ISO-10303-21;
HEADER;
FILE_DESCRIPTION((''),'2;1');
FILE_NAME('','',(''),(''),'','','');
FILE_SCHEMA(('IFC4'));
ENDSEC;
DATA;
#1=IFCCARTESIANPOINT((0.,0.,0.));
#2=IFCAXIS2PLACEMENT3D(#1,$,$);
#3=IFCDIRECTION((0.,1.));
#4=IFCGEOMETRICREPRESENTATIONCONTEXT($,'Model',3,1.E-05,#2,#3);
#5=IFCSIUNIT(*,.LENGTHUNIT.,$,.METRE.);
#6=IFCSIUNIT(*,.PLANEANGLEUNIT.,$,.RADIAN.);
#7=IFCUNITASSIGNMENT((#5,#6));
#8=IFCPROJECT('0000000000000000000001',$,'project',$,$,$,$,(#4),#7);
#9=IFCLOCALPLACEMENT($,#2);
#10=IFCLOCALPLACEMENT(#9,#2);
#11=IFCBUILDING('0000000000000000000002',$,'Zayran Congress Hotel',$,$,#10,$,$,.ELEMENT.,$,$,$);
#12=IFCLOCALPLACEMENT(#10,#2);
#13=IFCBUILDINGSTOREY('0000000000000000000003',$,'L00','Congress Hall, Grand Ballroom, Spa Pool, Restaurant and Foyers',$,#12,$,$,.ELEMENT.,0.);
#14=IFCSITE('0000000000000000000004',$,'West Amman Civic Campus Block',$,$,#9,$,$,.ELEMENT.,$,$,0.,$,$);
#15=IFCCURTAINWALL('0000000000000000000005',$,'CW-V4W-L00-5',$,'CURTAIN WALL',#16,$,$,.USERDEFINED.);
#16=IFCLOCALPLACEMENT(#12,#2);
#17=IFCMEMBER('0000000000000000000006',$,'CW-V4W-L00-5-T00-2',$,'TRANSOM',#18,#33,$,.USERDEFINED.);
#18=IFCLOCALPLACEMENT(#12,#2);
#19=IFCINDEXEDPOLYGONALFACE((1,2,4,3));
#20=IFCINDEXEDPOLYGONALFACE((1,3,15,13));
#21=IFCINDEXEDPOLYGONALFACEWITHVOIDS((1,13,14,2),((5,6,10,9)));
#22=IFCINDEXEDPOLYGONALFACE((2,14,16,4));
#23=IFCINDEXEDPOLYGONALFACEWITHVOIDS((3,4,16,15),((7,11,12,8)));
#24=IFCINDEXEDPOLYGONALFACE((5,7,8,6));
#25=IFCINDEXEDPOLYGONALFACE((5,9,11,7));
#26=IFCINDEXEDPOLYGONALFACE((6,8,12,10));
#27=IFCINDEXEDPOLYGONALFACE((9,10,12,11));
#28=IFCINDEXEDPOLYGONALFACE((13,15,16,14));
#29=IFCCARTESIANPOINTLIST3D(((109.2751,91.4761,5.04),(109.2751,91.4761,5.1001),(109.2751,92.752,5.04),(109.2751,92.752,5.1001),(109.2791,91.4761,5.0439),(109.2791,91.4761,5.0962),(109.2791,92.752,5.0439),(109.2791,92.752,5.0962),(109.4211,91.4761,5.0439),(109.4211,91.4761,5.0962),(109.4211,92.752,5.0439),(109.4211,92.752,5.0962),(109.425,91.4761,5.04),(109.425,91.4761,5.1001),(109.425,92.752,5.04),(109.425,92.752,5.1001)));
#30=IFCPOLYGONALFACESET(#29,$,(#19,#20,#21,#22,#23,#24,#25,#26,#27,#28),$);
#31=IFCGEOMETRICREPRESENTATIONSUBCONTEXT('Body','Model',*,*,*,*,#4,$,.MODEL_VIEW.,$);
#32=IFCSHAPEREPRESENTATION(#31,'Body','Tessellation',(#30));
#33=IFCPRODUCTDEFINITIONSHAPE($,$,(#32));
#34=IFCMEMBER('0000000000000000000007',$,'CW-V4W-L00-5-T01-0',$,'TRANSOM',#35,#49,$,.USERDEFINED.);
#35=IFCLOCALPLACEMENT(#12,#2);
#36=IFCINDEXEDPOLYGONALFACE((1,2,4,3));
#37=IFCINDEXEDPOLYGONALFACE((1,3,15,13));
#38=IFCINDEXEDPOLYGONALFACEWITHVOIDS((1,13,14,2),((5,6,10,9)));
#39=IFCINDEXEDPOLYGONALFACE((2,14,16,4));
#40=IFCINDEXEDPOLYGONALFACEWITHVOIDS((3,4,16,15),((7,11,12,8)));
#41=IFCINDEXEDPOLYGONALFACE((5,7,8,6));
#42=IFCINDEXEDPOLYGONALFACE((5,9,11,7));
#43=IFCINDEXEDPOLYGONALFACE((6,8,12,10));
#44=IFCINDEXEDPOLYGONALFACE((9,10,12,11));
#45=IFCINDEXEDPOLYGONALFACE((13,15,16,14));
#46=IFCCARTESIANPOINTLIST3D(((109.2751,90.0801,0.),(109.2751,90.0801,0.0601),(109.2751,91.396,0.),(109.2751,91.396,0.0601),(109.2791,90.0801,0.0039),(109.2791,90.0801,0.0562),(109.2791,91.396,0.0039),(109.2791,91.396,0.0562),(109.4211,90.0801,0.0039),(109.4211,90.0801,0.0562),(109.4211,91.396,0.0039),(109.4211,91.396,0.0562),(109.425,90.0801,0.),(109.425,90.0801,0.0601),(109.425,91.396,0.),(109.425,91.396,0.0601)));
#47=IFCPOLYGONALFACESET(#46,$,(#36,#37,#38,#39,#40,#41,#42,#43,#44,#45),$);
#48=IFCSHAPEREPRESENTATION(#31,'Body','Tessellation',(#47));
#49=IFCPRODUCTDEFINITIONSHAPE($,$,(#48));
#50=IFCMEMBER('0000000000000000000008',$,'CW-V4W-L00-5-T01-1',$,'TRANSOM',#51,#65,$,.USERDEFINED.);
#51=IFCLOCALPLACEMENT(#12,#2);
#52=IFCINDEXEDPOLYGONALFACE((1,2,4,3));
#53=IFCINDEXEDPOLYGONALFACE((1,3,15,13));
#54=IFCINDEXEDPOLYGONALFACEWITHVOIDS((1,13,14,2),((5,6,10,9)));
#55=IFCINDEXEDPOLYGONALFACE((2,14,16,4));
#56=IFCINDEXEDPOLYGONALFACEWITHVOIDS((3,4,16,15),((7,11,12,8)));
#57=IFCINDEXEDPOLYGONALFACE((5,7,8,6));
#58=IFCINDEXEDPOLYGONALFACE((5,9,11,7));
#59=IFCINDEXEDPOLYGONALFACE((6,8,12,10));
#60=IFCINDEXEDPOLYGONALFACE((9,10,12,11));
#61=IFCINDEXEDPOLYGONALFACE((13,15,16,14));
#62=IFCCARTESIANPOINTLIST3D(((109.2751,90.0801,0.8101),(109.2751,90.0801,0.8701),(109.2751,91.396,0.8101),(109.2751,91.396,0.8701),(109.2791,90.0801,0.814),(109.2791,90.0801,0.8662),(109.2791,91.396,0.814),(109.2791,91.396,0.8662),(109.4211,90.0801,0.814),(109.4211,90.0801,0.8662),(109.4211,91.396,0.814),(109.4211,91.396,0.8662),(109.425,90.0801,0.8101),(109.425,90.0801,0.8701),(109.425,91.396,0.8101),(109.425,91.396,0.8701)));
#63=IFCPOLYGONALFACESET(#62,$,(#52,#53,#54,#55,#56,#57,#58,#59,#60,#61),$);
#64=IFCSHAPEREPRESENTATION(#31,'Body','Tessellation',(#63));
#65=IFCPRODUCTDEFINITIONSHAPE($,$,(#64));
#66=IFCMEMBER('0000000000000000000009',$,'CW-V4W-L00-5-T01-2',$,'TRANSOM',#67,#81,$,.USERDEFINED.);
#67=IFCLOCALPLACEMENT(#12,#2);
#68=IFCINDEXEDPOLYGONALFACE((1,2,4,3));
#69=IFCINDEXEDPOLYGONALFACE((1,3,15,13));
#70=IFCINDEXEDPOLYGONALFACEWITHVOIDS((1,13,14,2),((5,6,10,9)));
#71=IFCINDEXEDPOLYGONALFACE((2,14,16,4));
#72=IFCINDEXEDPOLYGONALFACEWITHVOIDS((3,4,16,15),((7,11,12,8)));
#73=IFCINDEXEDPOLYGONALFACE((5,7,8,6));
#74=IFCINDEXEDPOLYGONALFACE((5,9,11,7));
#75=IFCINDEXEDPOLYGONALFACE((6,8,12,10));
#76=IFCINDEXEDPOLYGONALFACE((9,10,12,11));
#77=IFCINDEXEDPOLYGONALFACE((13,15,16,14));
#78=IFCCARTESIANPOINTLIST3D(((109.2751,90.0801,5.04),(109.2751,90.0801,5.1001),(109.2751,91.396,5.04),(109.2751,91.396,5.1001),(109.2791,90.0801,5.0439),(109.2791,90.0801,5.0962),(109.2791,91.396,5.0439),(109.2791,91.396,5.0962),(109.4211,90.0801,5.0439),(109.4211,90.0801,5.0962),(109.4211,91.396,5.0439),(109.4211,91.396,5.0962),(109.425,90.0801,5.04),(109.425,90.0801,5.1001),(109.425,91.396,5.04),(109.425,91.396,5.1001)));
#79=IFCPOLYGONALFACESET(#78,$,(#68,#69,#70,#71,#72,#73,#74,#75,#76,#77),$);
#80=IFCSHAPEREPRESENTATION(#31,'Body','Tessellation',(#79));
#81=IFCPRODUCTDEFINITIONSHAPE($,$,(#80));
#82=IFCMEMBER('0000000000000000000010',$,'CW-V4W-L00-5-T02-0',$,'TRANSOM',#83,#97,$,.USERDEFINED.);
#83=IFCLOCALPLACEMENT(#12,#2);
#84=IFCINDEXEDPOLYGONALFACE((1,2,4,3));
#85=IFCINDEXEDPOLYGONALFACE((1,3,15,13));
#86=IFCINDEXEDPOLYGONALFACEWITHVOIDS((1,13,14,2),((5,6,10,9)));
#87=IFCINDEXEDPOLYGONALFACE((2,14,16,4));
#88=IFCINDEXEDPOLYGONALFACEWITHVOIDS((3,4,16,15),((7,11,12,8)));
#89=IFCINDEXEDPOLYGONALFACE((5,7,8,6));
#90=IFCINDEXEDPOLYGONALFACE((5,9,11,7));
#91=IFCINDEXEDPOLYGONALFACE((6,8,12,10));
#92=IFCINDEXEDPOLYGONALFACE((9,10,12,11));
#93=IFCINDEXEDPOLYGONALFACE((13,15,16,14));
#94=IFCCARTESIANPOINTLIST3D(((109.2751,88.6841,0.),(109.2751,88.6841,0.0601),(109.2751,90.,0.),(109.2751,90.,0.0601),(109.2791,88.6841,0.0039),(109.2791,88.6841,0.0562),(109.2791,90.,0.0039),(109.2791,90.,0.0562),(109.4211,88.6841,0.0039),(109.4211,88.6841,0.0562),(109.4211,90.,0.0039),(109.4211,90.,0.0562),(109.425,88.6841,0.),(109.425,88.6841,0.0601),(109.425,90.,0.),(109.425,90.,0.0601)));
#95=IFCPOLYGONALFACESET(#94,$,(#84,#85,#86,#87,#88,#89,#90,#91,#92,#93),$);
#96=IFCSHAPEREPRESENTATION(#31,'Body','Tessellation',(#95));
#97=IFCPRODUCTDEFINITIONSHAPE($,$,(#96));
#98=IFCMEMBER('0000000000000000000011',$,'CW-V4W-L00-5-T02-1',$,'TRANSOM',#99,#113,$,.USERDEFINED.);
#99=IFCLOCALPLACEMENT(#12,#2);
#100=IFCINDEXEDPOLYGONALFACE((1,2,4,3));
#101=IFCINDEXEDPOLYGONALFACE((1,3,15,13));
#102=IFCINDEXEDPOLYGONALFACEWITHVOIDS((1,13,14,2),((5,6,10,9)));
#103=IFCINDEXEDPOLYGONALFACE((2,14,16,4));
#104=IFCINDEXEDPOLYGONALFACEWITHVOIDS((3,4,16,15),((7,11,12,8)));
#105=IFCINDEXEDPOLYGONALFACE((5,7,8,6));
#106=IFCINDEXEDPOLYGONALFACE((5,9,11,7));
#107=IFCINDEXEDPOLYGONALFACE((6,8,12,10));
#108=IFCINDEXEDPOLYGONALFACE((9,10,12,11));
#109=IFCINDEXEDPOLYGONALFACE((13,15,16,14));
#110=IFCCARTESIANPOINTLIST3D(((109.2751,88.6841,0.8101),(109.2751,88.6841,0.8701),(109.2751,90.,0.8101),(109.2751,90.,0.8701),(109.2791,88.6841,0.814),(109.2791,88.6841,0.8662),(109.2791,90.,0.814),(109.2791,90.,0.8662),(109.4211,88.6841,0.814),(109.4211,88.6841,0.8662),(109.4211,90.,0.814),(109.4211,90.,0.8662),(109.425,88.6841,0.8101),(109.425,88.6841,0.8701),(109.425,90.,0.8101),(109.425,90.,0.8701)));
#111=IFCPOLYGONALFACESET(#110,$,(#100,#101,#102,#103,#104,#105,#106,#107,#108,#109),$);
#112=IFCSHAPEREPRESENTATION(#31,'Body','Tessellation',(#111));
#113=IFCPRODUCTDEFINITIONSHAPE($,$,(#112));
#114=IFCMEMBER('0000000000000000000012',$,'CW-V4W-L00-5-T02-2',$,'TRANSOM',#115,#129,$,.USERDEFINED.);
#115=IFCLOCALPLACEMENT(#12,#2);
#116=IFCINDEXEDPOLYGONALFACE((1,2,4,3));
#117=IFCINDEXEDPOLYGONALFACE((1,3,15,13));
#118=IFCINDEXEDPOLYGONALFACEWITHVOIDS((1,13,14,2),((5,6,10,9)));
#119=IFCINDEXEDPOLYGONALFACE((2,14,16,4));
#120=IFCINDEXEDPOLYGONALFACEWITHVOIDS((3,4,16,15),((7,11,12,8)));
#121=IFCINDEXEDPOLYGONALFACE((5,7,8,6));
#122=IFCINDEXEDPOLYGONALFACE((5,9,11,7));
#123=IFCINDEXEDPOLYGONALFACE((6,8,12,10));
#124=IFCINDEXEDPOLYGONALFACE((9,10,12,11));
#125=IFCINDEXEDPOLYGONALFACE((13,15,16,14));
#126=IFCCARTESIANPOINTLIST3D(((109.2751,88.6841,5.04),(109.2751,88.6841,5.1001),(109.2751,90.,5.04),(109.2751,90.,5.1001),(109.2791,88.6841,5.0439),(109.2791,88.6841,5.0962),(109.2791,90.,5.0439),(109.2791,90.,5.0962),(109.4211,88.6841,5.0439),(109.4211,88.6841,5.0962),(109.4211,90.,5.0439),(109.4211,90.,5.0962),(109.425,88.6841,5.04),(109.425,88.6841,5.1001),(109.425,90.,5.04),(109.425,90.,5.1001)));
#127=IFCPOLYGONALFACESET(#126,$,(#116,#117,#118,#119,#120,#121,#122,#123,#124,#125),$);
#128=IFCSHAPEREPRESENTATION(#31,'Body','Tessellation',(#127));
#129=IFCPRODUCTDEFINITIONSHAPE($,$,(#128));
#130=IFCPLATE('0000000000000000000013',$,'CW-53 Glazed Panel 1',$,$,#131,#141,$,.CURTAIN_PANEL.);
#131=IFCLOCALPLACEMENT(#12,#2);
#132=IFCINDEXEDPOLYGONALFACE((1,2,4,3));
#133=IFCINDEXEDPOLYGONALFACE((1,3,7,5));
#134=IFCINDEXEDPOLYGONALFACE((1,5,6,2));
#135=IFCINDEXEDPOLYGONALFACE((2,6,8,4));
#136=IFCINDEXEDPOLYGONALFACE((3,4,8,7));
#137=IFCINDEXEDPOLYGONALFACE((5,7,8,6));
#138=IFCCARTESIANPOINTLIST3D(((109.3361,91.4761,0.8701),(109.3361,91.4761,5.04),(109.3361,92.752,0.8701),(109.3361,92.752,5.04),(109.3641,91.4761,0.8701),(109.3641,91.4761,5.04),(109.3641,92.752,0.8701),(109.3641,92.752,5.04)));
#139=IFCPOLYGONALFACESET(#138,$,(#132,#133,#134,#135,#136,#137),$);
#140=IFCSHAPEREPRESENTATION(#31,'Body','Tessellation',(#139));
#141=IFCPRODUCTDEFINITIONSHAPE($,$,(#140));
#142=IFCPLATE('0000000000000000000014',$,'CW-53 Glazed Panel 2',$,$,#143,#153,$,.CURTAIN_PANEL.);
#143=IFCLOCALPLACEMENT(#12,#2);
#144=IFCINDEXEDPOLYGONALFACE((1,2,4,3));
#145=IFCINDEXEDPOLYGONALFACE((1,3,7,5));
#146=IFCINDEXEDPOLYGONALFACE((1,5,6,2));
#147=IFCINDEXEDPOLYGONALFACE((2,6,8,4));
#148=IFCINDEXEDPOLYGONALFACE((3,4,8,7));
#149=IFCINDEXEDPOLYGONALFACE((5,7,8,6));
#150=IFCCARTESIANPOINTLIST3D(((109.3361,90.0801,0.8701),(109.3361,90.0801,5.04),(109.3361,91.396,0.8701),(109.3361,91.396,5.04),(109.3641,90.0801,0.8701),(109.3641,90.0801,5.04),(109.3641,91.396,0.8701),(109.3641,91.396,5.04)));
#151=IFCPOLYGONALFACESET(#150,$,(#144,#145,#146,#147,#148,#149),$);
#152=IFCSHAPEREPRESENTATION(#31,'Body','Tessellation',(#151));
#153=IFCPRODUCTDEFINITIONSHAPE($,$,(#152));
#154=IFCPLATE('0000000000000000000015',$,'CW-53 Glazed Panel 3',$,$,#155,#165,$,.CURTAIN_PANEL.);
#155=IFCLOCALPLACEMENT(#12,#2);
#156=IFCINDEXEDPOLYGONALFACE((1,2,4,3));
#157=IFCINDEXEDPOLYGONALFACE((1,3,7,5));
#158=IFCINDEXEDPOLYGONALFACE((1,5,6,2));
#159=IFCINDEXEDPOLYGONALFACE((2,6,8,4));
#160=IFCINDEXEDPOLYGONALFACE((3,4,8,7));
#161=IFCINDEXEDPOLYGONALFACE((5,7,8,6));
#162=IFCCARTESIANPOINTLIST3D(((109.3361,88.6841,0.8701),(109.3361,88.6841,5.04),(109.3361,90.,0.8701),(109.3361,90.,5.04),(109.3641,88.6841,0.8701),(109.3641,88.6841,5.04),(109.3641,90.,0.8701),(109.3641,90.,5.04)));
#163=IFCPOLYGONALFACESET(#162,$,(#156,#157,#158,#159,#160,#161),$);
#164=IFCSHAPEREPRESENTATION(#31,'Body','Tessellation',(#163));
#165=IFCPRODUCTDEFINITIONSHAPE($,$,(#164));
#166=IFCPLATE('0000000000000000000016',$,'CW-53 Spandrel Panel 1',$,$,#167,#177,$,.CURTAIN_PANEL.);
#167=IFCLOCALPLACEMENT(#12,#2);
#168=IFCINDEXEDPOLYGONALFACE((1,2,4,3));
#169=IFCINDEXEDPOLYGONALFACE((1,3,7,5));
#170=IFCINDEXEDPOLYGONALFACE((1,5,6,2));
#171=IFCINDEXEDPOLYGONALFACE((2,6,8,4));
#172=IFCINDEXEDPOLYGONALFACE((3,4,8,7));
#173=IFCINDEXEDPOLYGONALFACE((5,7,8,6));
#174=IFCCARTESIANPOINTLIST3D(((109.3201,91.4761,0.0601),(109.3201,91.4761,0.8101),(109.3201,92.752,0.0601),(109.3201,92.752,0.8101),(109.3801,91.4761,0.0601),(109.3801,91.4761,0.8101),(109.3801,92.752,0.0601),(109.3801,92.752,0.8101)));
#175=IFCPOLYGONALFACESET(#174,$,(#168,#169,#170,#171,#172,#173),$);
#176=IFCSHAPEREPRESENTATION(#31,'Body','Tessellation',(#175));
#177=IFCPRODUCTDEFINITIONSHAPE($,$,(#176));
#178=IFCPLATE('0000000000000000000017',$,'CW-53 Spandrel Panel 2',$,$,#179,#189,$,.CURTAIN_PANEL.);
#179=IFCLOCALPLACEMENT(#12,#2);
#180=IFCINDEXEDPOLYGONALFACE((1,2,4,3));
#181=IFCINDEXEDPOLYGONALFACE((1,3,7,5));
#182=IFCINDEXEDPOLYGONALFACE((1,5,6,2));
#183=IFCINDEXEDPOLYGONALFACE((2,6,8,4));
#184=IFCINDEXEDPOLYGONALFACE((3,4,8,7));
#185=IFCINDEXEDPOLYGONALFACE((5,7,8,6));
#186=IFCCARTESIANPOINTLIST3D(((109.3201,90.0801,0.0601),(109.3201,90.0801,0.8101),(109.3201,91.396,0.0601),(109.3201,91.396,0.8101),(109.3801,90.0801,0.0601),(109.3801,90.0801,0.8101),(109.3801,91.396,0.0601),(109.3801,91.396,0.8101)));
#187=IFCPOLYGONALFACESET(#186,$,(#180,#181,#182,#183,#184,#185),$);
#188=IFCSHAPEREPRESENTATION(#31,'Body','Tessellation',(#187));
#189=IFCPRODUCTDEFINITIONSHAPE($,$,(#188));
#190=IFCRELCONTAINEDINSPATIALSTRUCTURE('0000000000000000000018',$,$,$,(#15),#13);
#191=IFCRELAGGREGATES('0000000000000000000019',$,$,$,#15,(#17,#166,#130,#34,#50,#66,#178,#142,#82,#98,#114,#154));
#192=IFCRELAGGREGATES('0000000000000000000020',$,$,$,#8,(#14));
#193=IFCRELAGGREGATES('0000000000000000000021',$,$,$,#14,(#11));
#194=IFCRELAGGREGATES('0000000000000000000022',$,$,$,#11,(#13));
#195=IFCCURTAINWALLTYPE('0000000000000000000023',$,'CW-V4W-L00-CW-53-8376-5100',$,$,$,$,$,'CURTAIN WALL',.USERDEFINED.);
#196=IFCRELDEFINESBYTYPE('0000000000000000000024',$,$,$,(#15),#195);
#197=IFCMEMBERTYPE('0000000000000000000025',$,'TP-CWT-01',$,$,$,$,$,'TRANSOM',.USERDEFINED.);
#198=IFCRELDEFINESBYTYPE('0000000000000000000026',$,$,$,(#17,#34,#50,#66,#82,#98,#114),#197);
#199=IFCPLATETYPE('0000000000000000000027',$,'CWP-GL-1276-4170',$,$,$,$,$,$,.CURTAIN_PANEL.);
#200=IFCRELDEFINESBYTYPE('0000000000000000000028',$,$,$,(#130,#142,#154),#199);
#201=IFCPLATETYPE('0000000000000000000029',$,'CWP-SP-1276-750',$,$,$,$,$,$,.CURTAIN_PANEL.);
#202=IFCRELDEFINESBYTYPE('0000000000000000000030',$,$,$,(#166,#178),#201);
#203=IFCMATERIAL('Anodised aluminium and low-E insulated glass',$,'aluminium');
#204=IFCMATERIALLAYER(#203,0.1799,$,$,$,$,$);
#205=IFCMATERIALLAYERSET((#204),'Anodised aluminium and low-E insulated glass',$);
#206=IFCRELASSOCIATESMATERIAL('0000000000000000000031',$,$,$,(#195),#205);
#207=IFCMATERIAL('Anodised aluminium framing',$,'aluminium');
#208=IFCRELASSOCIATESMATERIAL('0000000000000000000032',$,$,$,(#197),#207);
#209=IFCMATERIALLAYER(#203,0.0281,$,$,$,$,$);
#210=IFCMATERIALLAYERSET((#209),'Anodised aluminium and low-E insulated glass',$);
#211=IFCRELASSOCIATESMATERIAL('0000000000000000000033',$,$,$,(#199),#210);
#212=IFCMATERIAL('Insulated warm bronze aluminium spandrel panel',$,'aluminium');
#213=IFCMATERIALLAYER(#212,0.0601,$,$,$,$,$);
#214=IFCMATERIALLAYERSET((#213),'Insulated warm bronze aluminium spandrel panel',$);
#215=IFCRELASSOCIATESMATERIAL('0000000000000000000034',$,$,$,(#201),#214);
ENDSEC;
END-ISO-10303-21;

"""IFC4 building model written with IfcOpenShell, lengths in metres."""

from ifc_helpers import new_model, si_unit, direction, frame, origin, origin_2d, place, context, subcontext, project, spatial, rectangle, hollow_rectangle, extrude, material, layer, layer_set, material_profile, profile_set, type_object, element, aggregate, save


model = new_model("IFC4")

# Units and contexts
model_context = context("Model", 3, precision=1e-05, world=origin(), true_north=direction((0.0, 1.0)))
body_context = subcontext(model_context, "Body", "Model", "MODEL_VIEW")
ifc_project = project(units=[si_unit("LENGTHUNIT", "METRE"), si_unit("PLANEANGLEUNIT", "RADIAN")], contexts=[model_context])

# Site, building, storey
site_placement = place(None, origin())
site = spatial("IfcSite", under=ifc_project, at=site_placement, Name="West Amman Civic Campus Block", CompositionType="ELEMENT", RefElevation=0.0)
building_placement = place(site_placement, origin())
building = spatial("IfcBuilding", under=site, at=building_placement, Name="Zayran Congress Hotel", CompositionType="ELEMENT")
storey_placement = place(building_placement, origin())
storey = spatial("IfcBuildingStorey", under=building, at=storey_placement, Name="L00", Description="Congress Hall, Grand Ballroom, Spa Pool, Restaurant and Foyers", CompositionType="ELEMENT", Elevation=0.0)

# Curtain wall, members, plates
ifc_material_1 = material(Name="Anodised aluminium and low-E insulated glass", Category="aluminium")
ifc_layer_1 = layer(ifc_material_1, 0.1799)
ifc_layer_set_1 = layer_set([ifc_layer_1], Name="Anodised aluminium and low-E insulated glass")
curtain_wall_type = type_object("IfcCurtainWallType", Name="CW-V4W-L00-CW-53-8376-5100", ElementType="CURTAIN WALL", PredefinedType="USERDEFINED", material=ifc_layer_set_1)
curtain_wall_placement = place(storey_placement, origin())
curtain_wall = element("IfcCurtainWall", 1, at=curtain_wall_placement, inside=storey, type_object=curtain_wall_type, Name="CW-V4W-L00-5", ObjectType="CURTAIN WALL", PredefinedType="USERDEFINED")
ifc_material_2 = material(Name="Anodised aluminium framing", Category="aluminium")
ifc_material_profile_1 = material_profile(ifc_material_2, hollow_rectangle(XDim=0.0601, YDim=0.1499, WallThickness=0.0039, at=origin_2d()), Name="RHS 150x60x4")
ifc_profile_set_1 = profile_set([ifc_material_profile_1], Name="Anodised aluminium framing")
member_type_1 = type_object("IfcMemberType", Name="TP-CWT-01", ElementType="TRANSOM", PredefinedType="USERDEFINED", material=ifc_profile_set_1)
member_1_placement = place(storey_placement, frame((109.3501, 92.752, 5.0701), z_axis=(0.0, -1.0, 0.0), x_axis=(0.0, 0.0, 1.0)))
member_1 = element("IfcMember", 2, at=member_1_placement, type_object=member_type_1, Name="CW-V4W-L00-5-T00-2", ObjectType="TRANSOM", PredefinedType="USERDEFINED", context=body_context, shape_type="SweptSolid", body=[
    extrude(hollow_rectangle(XDim=0.0601, YDim=0.1499, WallThickness=0.0039, at=origin_2d()), origin(), (0.0, 0.0, 1.0), 1.2759),
])
member_2_placement = place(storey_placement, frame((109.3501, 91.396, 0.03), z_axis=(0.0, -1.0, 0.0), x_axis=(0.0, 0.0, 1.0)))
member_2 = element("IfcMember", 3, at=member_2_placement, type_object=member_type_1, Name="CW-V4W-L00-5-T01-0", ObjectType="TRANSOM", PredefinedType="USERDEFINED", context=body_context, shape_type="SweptSolid", body=[
    extrude(hollow_rectangle(XDim=0.0601, YDim=0.1499, WallThickness=0.0039, at=origin_2d()), origin(), (0.0, 0.0, 1.0), 1.3159),
])
member_3_placement = place(storey_placement, frame((109.3501, 91.396, 0.8401), z_axis=(0.0, -1.0, 0.0), x_axis=(0.0, 0.0, 1.0)))
member_3 = element("IfcMember", 4, at=member_3_placement, type_object=member_type_1, Name="CW-V4W-L00-5-T01-1", ObjectType="TRANSOM", PredefinedType="USERDEFINED", context=body_context, shape_type="SweptSolid", body=[
    extrude(hollow_rectangle(XDim=0.0601, YDim=0.1499, WallThickness=0.0039, at=origin_2d()), origin(), (0.0, 0.0, 1.0), 1.3159),
])
member_4_placement = place(storey_placement, frame((109.3501, 91.396, 5.0701), z_axis=(0.0, -1.0, 0.0), x_axis=(0.0, 0.0, 1.0)))
member_4 = element("IfcMember", 5, at=member_4_placement, type_object=member_type_1, Name="CW-V4W-L00-5-T01-2", ObjectType="TRANSOM", PredefinedType="USERDEFINED", context=body_context, shape_type="SweptSolid", body=[
    extrude(hollow_rectangle(XDim=0.0601, YDim=0.1499, WallThickness=0.0039, at=origin_2d()), origin(), (0.0, 0.0, 1.0), 1.3159),
])
member_5_placement = place(storey_placement, frame((109.3501, 90.0, 0.03), z_axis=(0.0, -1.0, 0.0), x_axis=(0.0, 0.0, 1.0)))
member_5 = element("IfcMember", 6, at=member_5_placement, type_object=member_type_1, Name="CW-V4W-L00-5-T02-0", ObjectType="TRANSOM", PredefinedType="USERDEFINED", context=body_context, shape_type="SweptSolid", body=[
    extrude(hollow_rectangle(XDim=0.0601, YDim=0.1499, WallThickness=0.0039, at=origin_2d()), origin(), (0.0, 0.0, 1.0), 1.3159),
])
member_6_placement = place(storey_placement, frame((109.3501, 90.0, 0.8401), z_axis=(0.0, -1.0, 0.0), x_axis=(0.0, 0.0, 1.0)))
member_6 = element("IfcMember", 7, at=member_6_placement, type_object=member_type_1, Name="CW-V4W-L00-5-T02-1", ObjectType="TRANSOM", PredefinedType="USERDEFINED", context=body_context, shape_type="SweptSolid", body=[
    extrude(hollow_rectangle(XDim=0.0601, YDim=0.1499, WallThickness=0.0039, at=origin_2d()), origin(), (0.0, 0.0, 1.0), 1.3159),
])
member_7_placement = place(storey_placement, frame((109.3501, 90.0, 5.0701), z_axis=(0.0, -1.0, 0.0), x_axis=(0.0, 0.0, 1.0)))
member_7 = element("IfcMember", 8, at=member_7_placement, type_object=member_type_1, Name="CW-V4W-L00-5-T02-2", ObjectType="TRANSOM", PredefinedType="USERDEFINED", context=body_context, shape_type="SweptSolid", body=[
    extrude(hollow_rectangle(XDim=0.0601, YDim=0.1499, WallThickness=0.0039, at=origin_2d()), origin(), (0.0, 0.0, 1.0), 1.3159),
])
ifc_layer_2 = layer(ifc_material_1, 0.0281)
ifc_layer_set_2 = layer_set([ifc_layer_2], Name="Anodised aluminium and low-E insulated glass")
plate_type_1 = type_object("IfcPlateType", Name="CWP-GL-1276-4170", PredefinedType="CURTAIN_PANEL", material=ifc_layer_set_2)
plate_1_placement = place(storey_placement, frame((109.3501, 92.114, 0.8701), z_axis=(0.0, 0.0, 1.0), x_axis=(0.0, 1.0, 0.0)))
plate_1 = element("IfcPlate", 9, at=plate_1_placement, type_object=plate_type_1, Name="CW-53 Glazed Panel 1", PredefinedType="CURTAIN_PANEL", context=body_context, shape_type="SweptSolid", body=[
    extrude(rectangle(XDim=1.2759, YDim=0.0281, at=origin_2d()), origin(), (0.0, 0.0, 1.0), 4.1699),
])
plate_2_placement = place(storey_placement, frame((109.3501, 90.738, 0.8701), z_axis=(0.0, 0.0, 1.0), x_axis=(0.0, 1.0, 0.0)))
plate_2 = element("IfcPlate", 10, at=plate_2_placement, type_object=plate_type_1, Name="CW-53 Glazed Panel 2", PredefinedType="CURTAIN_PANEL", context=body_context, shape_type="SweptSolid", body=[
    extrude(rectangle(XDim=1.3159, YDim=0.0281, at=origin_2d()), origin(), (0.0, 0.0, 1.0), 4.1699),
])
plate_3_placement = place(storey_placement, frame((109.3501, 89.342, 0.8701), z_axis=(0.0, 0.0, 1.0), x_axis=(0.0, 1.0, 0.0)))
plate_3 = element("IfcPlate", 11, at=plate_3_placement, type_object=plate_type_1, Name="CW-53 Glazed Panel 3", PredefinedType="CURTAIN_PANEL", context=body_context, shape_type="SweptSolid", body=[
    extrude(rectangle(XDim=1.3159, YDim=0.0281, at=origin_2d()), origin(), (0.0, 0.0, 1.0), 4.1699),
])
ifc_material_3 = material(Name="Insulated warm bronze aluminium spandrel panel", Category="aluminium")
ifc_layer_3 = layer(ifc_material_3, 0.0601)
ifc_layer_set_3 = layer_set([ifc_layer_3], Name="Insulated warm bronze aluminium spandrel panel")
plate_type_2 = type_object("IfcPlateType", Name="CWP-SP-1276-750", PredefinedType="CURTAIN_PANEL", material=ifc_layer_set_3)
plate_4_placement = place(storey_placement, frame((109.3501, 92.114, 0.0601), z_axis=(0.0, 0.0, 1.0), x_axis=(0.0, 1.0, 0.0)))
plate_4 = element("IfcPlate", 12, at=plate_4_placement, type_object=plate_type_2, Name="CW-53 Spandrel Panel 1", PredefinedType="CURTAIN_PANEL", context=body_context, shape_type="SweptSolid", body=[
    extrude(rectangle(XDim=1.2759, YDim=0.0601, at=origin_2d()), origin(), (0.0, 0.0, 1.0), 0.75),
])
plate_5_placement = place(storey_placement, frame((109.3501, 90.738, 0.0601), z_axis=(0.0, 0.0, 1.0), x_axis=(0.0, 1.0, 0.0)))
plate_5 = element("IfcPlate", 13, at=plate_5_placement, type_object=plate_type_2, Name="CW-53 Spandrel Panel 2", PredefinedType="CURTAIN_PANEL", context=body_context, shape_type="SweptSolid", body=[
    extrude(rectangle(XDim=1.3159, YDim=0.0601, at=origin_2d()), origin(), (0.0, 0.0, 1.0), 0.75),
])
aggregate(curtain_wall, [member_1, plate_4, plate_1, member_2, member_3, member_4, plate_5, plate_2, member_5, member_6, member_7, plate_3])

save(model, "model.ifc")
